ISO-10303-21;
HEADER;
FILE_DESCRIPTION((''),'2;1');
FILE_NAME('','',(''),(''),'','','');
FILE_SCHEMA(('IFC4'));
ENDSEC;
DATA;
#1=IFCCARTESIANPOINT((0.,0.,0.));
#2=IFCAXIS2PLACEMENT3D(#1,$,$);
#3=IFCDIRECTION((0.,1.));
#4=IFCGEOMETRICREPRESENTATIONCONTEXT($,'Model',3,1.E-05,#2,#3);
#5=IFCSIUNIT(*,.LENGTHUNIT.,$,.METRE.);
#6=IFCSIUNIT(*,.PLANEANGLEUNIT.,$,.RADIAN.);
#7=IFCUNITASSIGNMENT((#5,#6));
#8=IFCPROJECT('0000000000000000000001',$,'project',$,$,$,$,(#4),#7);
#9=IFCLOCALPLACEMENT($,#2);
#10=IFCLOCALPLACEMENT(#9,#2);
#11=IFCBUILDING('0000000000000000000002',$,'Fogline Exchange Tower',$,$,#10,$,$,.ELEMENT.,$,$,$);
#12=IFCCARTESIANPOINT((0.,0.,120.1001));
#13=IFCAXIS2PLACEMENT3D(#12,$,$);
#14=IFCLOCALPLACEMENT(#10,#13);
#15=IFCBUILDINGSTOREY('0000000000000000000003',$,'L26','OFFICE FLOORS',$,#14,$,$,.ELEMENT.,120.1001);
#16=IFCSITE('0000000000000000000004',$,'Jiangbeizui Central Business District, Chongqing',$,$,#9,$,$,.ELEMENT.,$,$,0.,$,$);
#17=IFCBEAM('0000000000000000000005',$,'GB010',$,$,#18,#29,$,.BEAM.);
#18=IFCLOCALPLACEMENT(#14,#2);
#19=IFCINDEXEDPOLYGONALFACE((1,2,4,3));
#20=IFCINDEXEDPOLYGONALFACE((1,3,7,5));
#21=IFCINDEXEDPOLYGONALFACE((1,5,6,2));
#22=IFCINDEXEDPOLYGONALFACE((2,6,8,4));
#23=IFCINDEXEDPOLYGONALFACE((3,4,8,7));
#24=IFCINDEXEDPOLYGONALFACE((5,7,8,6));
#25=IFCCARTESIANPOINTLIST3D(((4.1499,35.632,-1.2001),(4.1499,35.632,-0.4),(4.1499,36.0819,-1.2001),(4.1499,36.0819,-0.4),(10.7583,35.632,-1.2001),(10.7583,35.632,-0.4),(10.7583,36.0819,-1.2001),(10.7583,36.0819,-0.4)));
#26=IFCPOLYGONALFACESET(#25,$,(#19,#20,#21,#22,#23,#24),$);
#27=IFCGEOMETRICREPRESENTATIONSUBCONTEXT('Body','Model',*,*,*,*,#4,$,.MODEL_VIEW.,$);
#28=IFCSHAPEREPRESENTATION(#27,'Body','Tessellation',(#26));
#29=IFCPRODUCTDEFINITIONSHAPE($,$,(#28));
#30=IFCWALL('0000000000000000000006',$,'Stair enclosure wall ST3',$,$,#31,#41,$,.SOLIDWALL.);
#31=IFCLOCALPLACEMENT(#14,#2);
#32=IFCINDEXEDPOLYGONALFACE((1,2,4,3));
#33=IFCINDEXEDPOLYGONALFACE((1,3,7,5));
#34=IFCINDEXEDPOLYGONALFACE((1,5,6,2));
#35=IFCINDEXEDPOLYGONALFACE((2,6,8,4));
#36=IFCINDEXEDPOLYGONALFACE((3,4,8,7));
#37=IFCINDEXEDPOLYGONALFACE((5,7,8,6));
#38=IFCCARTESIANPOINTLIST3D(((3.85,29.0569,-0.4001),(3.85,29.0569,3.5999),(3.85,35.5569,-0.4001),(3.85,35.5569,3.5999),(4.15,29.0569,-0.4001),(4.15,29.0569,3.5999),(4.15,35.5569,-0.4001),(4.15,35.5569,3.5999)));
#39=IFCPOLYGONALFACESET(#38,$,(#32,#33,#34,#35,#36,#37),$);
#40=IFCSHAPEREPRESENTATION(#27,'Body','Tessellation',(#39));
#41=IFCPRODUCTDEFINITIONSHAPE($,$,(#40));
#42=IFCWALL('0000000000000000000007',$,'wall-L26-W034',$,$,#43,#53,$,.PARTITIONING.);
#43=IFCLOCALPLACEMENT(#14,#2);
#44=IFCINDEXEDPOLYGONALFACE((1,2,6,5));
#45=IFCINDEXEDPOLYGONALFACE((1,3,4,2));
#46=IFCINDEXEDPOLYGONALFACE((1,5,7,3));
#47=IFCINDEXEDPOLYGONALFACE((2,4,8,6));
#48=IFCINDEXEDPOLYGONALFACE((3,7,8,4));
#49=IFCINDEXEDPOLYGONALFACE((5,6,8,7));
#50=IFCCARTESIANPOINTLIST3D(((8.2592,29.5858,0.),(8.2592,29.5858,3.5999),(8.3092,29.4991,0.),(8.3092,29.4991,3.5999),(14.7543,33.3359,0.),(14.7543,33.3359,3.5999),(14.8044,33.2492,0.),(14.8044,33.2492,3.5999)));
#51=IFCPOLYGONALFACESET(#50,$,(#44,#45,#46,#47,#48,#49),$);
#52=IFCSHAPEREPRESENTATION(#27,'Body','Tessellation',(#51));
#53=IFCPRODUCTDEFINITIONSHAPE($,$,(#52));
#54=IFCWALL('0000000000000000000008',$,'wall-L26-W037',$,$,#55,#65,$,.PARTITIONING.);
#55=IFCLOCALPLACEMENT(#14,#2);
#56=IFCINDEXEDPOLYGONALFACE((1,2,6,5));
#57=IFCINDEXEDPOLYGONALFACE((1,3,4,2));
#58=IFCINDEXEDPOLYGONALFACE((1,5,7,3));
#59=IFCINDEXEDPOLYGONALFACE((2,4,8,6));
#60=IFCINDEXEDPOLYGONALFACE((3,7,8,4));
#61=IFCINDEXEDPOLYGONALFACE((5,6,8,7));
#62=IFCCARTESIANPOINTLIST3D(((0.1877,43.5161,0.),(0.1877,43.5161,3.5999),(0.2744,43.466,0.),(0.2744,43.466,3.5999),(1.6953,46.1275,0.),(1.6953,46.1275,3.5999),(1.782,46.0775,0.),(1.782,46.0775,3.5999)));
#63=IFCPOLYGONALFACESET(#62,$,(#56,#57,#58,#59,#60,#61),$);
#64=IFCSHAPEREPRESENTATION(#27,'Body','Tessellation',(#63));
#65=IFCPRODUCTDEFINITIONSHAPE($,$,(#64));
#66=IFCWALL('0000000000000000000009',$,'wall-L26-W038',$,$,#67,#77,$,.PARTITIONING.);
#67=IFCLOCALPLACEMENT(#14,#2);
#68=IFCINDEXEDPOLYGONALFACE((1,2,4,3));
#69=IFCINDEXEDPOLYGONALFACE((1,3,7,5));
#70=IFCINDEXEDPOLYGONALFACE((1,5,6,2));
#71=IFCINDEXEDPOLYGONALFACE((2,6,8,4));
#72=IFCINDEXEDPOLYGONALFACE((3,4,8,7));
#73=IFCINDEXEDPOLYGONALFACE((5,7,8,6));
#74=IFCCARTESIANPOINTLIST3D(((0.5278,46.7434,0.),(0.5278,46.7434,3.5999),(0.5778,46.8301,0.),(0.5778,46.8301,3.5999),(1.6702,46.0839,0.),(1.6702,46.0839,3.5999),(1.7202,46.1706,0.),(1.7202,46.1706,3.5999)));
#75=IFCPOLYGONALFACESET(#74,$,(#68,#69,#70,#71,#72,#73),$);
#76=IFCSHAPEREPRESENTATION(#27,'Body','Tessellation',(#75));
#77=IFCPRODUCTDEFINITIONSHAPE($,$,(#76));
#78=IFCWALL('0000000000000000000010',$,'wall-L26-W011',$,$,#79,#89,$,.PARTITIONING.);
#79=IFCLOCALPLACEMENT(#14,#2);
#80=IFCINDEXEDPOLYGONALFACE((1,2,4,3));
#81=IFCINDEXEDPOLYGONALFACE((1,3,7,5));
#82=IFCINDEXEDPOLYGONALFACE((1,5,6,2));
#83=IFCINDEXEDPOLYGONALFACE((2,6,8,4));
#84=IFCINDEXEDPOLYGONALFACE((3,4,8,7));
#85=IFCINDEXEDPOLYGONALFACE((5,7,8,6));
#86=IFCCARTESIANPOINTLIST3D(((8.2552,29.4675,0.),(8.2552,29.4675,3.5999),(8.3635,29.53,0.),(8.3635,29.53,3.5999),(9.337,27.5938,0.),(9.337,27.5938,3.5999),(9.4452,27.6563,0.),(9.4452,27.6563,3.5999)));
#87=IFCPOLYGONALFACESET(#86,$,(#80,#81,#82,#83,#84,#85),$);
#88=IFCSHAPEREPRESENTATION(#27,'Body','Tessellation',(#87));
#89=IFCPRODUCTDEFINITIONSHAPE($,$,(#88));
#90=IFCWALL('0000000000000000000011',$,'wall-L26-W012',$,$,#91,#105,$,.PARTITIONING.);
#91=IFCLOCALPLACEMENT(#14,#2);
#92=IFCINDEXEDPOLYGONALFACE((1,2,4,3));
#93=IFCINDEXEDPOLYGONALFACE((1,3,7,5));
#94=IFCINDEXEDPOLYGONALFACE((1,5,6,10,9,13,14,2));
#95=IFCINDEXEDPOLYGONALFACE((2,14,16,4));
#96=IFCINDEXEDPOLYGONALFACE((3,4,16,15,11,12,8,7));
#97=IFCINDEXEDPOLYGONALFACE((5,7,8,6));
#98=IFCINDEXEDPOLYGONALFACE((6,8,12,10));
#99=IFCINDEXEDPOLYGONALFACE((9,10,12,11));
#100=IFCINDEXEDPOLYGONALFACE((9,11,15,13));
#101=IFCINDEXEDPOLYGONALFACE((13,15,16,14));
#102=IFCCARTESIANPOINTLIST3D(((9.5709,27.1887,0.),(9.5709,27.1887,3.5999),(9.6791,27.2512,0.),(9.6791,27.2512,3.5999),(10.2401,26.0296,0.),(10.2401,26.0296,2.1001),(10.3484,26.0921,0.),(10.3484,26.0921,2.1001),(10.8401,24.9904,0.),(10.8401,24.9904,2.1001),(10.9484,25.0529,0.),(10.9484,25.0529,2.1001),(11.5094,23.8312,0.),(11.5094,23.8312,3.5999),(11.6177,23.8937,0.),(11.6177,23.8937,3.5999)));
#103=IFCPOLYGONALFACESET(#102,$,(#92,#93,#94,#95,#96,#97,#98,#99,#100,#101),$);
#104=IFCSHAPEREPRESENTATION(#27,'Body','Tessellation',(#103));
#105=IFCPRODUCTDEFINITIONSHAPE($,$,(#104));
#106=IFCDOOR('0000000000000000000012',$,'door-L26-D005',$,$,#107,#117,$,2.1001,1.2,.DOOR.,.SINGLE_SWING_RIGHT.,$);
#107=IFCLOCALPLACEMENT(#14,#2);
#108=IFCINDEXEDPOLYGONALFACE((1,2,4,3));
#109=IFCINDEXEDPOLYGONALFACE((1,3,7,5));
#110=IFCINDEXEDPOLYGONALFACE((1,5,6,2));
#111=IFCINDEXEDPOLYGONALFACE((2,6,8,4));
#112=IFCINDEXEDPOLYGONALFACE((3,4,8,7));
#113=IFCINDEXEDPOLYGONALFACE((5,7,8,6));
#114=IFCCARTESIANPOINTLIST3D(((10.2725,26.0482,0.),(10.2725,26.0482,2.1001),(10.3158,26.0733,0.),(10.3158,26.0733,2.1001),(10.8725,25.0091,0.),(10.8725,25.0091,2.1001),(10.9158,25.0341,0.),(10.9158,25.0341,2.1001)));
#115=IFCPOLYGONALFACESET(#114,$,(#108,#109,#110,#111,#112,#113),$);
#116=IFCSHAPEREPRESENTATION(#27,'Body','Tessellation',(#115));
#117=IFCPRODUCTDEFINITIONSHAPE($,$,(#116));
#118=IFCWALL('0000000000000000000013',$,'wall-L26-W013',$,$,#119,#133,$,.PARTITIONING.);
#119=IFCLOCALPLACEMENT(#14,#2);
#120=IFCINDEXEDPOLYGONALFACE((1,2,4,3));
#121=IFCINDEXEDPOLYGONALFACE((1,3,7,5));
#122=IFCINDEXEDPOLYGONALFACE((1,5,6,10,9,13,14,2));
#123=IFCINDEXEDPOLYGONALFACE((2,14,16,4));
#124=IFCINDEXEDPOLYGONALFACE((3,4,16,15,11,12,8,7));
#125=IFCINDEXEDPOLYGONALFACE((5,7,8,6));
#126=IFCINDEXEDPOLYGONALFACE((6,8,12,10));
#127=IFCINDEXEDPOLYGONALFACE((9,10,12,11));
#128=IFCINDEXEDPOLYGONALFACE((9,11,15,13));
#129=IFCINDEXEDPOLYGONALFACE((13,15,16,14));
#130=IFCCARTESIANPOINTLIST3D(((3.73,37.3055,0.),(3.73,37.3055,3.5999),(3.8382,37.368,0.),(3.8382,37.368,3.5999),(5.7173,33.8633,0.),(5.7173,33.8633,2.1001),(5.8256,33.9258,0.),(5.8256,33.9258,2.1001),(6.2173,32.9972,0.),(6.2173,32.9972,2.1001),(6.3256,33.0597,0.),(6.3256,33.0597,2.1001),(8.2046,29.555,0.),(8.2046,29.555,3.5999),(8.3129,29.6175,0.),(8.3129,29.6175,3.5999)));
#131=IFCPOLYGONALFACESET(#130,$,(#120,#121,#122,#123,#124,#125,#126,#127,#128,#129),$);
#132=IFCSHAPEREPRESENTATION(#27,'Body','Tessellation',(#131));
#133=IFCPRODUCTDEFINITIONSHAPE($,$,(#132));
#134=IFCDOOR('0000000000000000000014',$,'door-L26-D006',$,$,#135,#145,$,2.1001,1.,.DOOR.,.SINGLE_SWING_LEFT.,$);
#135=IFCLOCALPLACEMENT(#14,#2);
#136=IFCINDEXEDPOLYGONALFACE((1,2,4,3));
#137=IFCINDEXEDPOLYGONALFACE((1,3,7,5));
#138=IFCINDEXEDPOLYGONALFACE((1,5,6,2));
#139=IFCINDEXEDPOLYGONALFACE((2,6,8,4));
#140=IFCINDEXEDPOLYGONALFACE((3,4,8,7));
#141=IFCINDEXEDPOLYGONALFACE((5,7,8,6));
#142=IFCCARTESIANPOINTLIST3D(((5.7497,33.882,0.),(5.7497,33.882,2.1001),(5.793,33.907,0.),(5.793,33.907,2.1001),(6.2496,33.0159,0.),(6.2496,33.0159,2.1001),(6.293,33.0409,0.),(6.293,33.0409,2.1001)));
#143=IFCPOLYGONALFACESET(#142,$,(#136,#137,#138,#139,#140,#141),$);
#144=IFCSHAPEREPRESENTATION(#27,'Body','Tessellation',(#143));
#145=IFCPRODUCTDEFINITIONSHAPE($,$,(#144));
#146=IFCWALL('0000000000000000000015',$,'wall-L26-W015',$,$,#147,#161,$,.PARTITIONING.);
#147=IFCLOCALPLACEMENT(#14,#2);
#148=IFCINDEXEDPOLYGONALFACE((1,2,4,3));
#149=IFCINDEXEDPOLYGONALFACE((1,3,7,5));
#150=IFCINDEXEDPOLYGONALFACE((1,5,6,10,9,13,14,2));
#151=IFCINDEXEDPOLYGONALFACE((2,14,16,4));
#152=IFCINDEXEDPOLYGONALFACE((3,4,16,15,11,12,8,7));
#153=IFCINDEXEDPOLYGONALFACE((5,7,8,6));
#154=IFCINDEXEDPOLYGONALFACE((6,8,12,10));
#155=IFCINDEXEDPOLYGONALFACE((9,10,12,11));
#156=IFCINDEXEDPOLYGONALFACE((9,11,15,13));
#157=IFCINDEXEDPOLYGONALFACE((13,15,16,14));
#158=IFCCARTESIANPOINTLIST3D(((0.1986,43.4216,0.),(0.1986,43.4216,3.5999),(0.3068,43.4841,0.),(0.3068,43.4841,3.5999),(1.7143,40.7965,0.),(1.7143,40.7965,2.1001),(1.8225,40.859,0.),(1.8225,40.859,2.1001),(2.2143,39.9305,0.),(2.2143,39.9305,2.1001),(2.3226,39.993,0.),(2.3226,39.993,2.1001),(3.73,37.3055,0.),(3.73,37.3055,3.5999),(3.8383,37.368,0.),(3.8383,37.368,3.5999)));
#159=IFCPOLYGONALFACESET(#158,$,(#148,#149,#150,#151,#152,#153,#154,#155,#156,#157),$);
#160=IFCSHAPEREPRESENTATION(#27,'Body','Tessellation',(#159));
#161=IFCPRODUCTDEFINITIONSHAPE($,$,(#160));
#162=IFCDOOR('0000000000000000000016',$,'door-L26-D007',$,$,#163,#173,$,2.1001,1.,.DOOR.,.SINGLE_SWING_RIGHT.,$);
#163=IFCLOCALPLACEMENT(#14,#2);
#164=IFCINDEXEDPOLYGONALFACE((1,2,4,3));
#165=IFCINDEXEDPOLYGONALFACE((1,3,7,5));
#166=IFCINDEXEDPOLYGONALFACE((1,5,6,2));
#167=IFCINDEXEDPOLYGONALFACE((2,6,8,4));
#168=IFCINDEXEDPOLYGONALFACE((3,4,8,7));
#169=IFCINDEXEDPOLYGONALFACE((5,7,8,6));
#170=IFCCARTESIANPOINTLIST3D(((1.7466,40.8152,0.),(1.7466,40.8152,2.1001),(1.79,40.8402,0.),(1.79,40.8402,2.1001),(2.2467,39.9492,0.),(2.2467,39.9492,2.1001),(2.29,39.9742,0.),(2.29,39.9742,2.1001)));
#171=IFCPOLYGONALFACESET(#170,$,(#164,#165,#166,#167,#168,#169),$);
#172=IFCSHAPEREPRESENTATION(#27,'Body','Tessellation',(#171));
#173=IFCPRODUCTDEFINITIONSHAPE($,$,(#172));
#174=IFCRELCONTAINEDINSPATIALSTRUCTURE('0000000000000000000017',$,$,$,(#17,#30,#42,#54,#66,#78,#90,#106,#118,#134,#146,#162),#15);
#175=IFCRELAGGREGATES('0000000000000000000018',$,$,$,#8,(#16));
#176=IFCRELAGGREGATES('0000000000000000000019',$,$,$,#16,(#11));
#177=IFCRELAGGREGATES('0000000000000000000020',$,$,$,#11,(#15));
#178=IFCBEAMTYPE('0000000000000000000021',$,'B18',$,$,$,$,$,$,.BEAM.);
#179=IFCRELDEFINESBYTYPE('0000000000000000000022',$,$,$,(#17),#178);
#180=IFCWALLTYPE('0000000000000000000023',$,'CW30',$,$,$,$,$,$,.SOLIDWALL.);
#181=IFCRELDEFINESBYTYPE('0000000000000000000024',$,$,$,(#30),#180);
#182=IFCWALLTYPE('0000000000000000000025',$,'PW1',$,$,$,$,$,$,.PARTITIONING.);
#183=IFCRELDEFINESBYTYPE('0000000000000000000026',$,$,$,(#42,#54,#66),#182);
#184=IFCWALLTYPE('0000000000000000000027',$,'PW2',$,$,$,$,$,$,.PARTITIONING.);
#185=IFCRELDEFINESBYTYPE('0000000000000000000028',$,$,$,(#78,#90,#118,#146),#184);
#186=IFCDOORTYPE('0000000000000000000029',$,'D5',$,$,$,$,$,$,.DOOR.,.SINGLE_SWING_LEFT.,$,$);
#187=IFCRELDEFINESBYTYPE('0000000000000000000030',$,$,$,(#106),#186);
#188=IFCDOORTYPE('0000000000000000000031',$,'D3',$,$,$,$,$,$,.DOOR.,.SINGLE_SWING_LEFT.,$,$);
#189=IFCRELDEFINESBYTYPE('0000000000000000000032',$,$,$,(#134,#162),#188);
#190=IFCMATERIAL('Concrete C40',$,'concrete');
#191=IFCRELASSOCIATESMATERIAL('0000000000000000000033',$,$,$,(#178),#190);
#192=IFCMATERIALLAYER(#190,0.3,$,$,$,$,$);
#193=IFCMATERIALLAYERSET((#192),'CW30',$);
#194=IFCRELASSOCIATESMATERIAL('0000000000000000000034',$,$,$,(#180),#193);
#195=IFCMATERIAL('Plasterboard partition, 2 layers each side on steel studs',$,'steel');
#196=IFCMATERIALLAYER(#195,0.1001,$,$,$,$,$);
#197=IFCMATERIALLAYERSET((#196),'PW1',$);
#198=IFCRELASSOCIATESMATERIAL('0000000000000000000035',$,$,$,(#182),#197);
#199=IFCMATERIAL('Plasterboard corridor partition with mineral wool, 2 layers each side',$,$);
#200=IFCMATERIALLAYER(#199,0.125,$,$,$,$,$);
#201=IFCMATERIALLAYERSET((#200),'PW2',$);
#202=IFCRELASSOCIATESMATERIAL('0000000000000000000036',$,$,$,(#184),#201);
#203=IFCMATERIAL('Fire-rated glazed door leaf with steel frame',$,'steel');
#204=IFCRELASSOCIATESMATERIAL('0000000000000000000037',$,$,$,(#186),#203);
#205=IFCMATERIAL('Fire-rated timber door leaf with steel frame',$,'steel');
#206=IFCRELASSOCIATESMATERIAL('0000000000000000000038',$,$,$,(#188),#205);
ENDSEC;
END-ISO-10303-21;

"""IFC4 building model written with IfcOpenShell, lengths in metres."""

from ifc_helpers import new_model, si_unit, direction, frame, frame_2d, origin, origin_2d, place, context, subcontext, project, spatial, rectangle, extrude, material, layer, layer_set, material_profile, profile_set, type_object, element, fill, save


model = new_model("IFC4")

# Units and contexts
model_context = context("Model", 3, precision=1e-05, world=origin(), true_north=direction((0.0, 1.0)))
body_context = subcontext(model_context, "Body", "Model", "MODEL_VIEW")
ifc_project = project(units=[si_unit("LENGTHUNIT", "METRE"), si_unit("PLANEANGLEUNIT", "RADIAN")], contexts=[model_context])

# Site, building, storey
site_placement = place(None, origin())
site = spatial("IfcSite", under=ifc_project, at=site_placement, Name="Jiangbeizui Central Business District, Chongqing", CompositionType="ELEMENT", RefElevation=0.0)
building_placement = place(site_placement, origin())
building = spatial("IfcBuilding", under=site, at=building_placement, Name="Fogline Exchange Tower", CompositionType="ELEMENT")
storey_placement = place(building_placement, frame((0.0, 0.0, 120.1001)))
storey = spatial("IfcBuildingStorey", under=building, at=storey_placement, Name="L26", Description="OFFICE FLOORS", CompositionType="ELEMENT", Elevation=120.1001)

# Beam
ifc_material_1 = material(Name="Concrete C40", Category="concrete")
ifc_material_profile_1 = material_profile(ifc_material_1, rectangle(XDim=0.45, YDim=0.8, at=origin_2d()), Name="RC 450x800")
ifc_profile_set_1 = profile_set([ifc_material_profile_1], Name="Concrete C40")
beam_type_1 = type_object("IfcBeamType", Name="B18", PredefinedType="BEAM", material=ifc_profile_set_1)
beam_1_placement = place(storey_placement, frame((4.1499, 35.8569, -0.8), z_axis=(1.0, 0.0, 0.0), x_axis=(0.0, 1.0, 0.0)))
element("IfcBeam", 1, at=beam_1_placement, inside=storey, type_object=beam_type_1, Name="GB010", PredefinedType="BEAM", context=body_context, shape_type="SweptSolid", body=[
    extrude(rectangle(XDim=0.45, YDim=0.8, at=origin_2d()), origin(), (0.0, 0.0, 1.0), 6.6084),
])

# Wall
ifc_layer_1 = layer(ifc_material_1, 0.3)
ifc_layer_set_1 = layer_set([ifc_layer_1], Name="CW30")
wall_type_1 = type_object("IfcWallType", Name="CW30", PredefinedType="SOLIDWALL", material=ifc_layer_set_1)
wall_1_placement = place(storey_placement, frame((4.0, 29.0569, -0.4001), z_axis=(0.0, 0.0, 1.0), x_axis=(0.0, 1.0, 0.0)))
element("IfcWall", 2, at=wall_1_placement, inside=storey, type_object=wall_type_1, Name="Stair enclosure wall ST3", PredefinedType="SOLIDWALL", context=body_context, shape_type="SweptSolid", body=[
    extrude(rectangle(XDim=6.5, YDim=0.3, at=frame_2d((3.25, 0.0))), origin(), (0.0, 0.0, 1.0), 4.0),
])

# Walls
ifc_material_2 = material(Name="Plasterboard partition, 2 layers each side on steel studs", Category="steel")
ifc_layer_2 = layer(ifc_material_2, 0.1001)
ifc_layer_set_2 = layer_set([ifc_layer_2], Name="PW1")
wall_type_2 = type_object("IfcWallType", Name="PW1", PredefinedType="PARTITIONING", material=ifc_layer_set_2)
wall_2_placement = place(storey_placement, frame((8.2842, 29.5425, 0.0), z_axis=(0.0, 0.0, 1.0), x_axis=(0.866023, 0.500004, 0.0)))
element("IfcWall", 3, at=wall_2_placement, inside=storey, type_object=wall_type_2, Name="wall-L26-W034", PredefinedType="PARTITIONING", context=body_context, shape_type="SweptSolid", body=[
    extrude(rectangle(XDim=7.5, YDim=0.1001, at=frame_2d((3.75, 0.0))), origin(), (0.0, 0.0, 1.0), 3.5999),
])
wall_3_placement = place(storey_placement, frame((0.231, 43.491, 0.0), z_axis=(0.0, 0.0, 1.0), x_axis=(0.499979, 0.866037, 0.0)))
element("IfcWall", 4, at=wall_3_placement, inside=storey, type_object=wall_type_2, Name="wall-L26-W037", PredefinedType="PARTITIONING", context=body_context, shape_type="SweptSolid", body=[
    extrude(rectangle(XDim=3.0154, YDim=0.1001, at=frame_2d((1.5078, 0.0))), origin(), (0.0, 0.0, 1.0), 3.5999),
])
wall_4_placement = place(storey_placement, frame((1.6953, 46.1272, 0.0), z_axis=(0.0, 0.0, 1.0), x_axis=(-0.866059, 0.499941, 0.0)))
element("IfcWall", 5, at=wall_4_placement, inside=storey, type_object=wall_type_2, Name="wall-L26-W038", PredefinedType="PARTITIONING", context=body_context, shape_type="SweptSolid", body=[
    extrude(rectangle(XDim=1.3191, YDim=0.1001, at=frame_2d((0.6597, 0.0))), origin(), (0.0, 0.0, 1.0), 3.5999),
])
ifc_material_3 = material(Name="Plasterboard corridor partition with mineral wool, 2 layers each side")
ifc_layer_3 = layer(ifc_material_3, 0.125)
ifc_layer_set_3 = layer_set([ifc_layer_3], Name="PW2")
wall_type_3 = type_object("IfcWallType", Name="PW2", PredefinedType="PARTITIONING", material=ifc_layer_set_3)
wall_5_placement = place(storey_placement, frame((8.3093, 29.4988, 0.0), z_axis=(0.0, 0.0, 1.0), x_axis=(0.499986, -0.866033, 0.0)))
element("IfcWall", 6, at=wall_5_placement, inside=storey, type_object=wall_type_3, Name="wall-L26-W011", PredefinedType="PARTITIONING", context=body_context, shape_type="SweptSolid", body=[
    extrude(rectangle(XDim=2.1636, YDim=0.125, at=frame_2d((1.0818, 0.0))), origin(), (0.0, 0.0, 1.0), 3.5999),
])

# Walls, openings, doors
wall_6_placement = place(storey_placement, frame((9.625, 27.22, 0.0), z_axis=(0.0, 0.0, 1.0), x_axis=(0.500013, -0.866018, 0.0)))
wall_6 = element("IfcWall", 7, at=wall_6_placement, inside=storey, type_object=wall_type_3, Name="wall-L26-W012", PredefinedType="PARTITIONING", context=body_context, shape_type="SweptSolid", body=[
    extrude(rectangle(XDim=3.877, YDim=0.125, at=frame_2d((1.9385, 0.0))), origin(), (0.0, 0.0, 1.0), 3.5999),
])
opening_1_placement = place(wall_6_placement, frame((1.3384, 0.0, 0.0)))
opening_1 = element("IfcOpeningElement", 8, at=opening_1_placement, cuts=wall_6, PredefinedType="OPENING", context=body_context, shape_type="SweptSolid", body=[
    extrude(rectangle(XDim=1.2, YDim=2.1001, at=frame_2d((0.6001, 1.05))), frame((0.0, 0.0725, 0.0), z_axis=(0.0, -1.0, 0.0), x_axis=(1.0, 0.0, 0.0)), (0.0, 0.0, 1.0), 0.145),
])
ifc_material_4 = material(Name="Fire-rated glazed door leaf with steel frame", Category="steel")
door_type_1 = type_object("IfcDoorType", Name="D5", OperationType="SINGLE_SWING_LEFT", PredefinedType="DOOR", material=ifc_material_4)
door_1_placement = place(opening_1_placement, origin())
door_1 = element("IfcDoor", 9, at=door_1_placement, inside=storey, type_object=door_type_1, Name="door-L26-D005", OperationType="SINGLE_SWING_RIGHT", OverallHeight=2.1001, OverallWidth=1.2, PredefinedType="DOOR", context=body_context, shape_type="SweptSolid", body=[
    extrude(rectangle(XDim=1.2, YDim=2.1001, at=frame_2d((0.6001, 1.05))), frame((0.0, 0.0249, 0.0), z_axis=(0.0, -1.0, 0.0), x_axis=(1.0, 0.0, 0.0)), (0.0, 0.0, 1.0), 0.05),
])
fill(opening_1, door_1)
wall_7_placement = place(storey_placement, frame((3.7842, 37.3367, 0.0), z_axis=(0.0, 0.0, 1.0), x_axis=(0.499989, -0.866032, 0.0)))
wall_7 = element("IfcWall", 10, at=wall_7_placement, inside=storey, type_object=wall_type_3, Name="wall-L26-W013", PredefinedType="PARTITIONING", context=body_context, shape_type="SweptSolid", body=[
    extrude(rectangle(XDim=8.9495, YDim=0.125, at=frame_2d((4.4746, 0.0))), origin(), (0.0, 0.0, 1.0), 3.5999),
])
opening_2_placement = place(wall_7_placement, frame((3.9746, 0.0, 0.0)))
opening_2 = element("IfcOpeningElement", 11, at=opening_2_placement, cuts=wall_7, PredefinedType="OPENING", context=body_context, shape_type="SweptSolid", body=[
    extrude(rectangle(XDim=1.0, YDim=2.1001, at=frame_2d((0.5, 1.05))), frame((0.0, 0.0725, 0.0), z_axis=(0.0, -1.0, 0.0), x_axis=(1.0, 0.0, 0.0)), (0.0, 0.0, 1.0), 0.145),
])
ifc_material_5 = material(Name="Fire-rated timber door leaf with steel frame", Category="steel")
door_type_2 = type_object("IfcDoorType", Name="D3", OperationType="SINGLE_SWING_LEFT", PredefinedType="DOOR", material=ifc_material_5)
door_2_placement = place(opening_2_placement, origin())
door_2 = element("IfcDoor", 12, at=door_2_placement, inside=storey, type_object=door_type_2, Name="door-L26-D006", OperationType="SINGLE_SWING_LEFT", OverallHeight=2.1001, OverallWidth=1.0, PredefinedType="DOOR", context=body_context, shape_type="SweptSolid", body=[
    extrude(rectangle(XDim=1.0, YDim=2.1001, at=frame_2d((0.5, 1.05))), frame((0.0, 0.0249, 0.0), z_axis=(0.0, -1.0, 0.0), x_axis=(1.0, 0.0, 0.0)), (0.0, 0.0, 1.0), 0.05),
])
fill(opening_2, door_2)
wall_8_placement = place(storey_placement, frame((0.2527, 43.4529, 0.0), z_axis=(0.0, 0.0, 1.0), x_axis=(0.500032, -0.866007, 0.0)))
wall_8 = element("IfcWall", 13, at=wall_8_placement, inside=storey, type_object=wall_type_3, Name="wall-L26-W015", PredefinedType="PARTITIONING", context=body_context, shape_type="SweptSolid", body=[
    extrude(rectangle(XDim=7.0625, YDim=0.125, at=frame_2d((3.5312, 0.0))), origin(), (0.0, 0.0, 1.0), 3.5999),
])
opening_3_placement = place(wall_8_placement, frame((3.0312, 0.0, 0.0)))
opening_3 = element("IfcOpeningElement", 14, at=opening_3_placement, cuts=wall_8, PredefinedType="OPENING", context=body_context, shape_type="SweptSolid", body=[
    extrude(rectangle(XDim=1.0, YDim=2.1001, at=frame_2d((0.5, 1.05))), frame((0.0, 0.0725, 0.0), z_axis=(0.0, -1.0, 0.0), x_axis=(1.0, 0.0, 0.0)), (0.0, 0.0, 1.0), 0.145),
])
door_3_placement = place(opening_3_placement, origin())
door_3 = element("IfcDoor", 15, at=door_3_placement, inside=storey, type_object=door_type_2, Name="door-L26-D007", OperationType="SINGLE_SWING_RIGHT", OverallHeight=2.1001, OverallWidth=1.0, PredefinedType="DOOR", context=body_context, shape_type="SweptSolid", body=[
    extrude(rectangle(XDim=1.0, YDim=2.1001, at=frame_2d((0.5, 1.05))), frame((0.0, 0.0249, 0.0), z_axis=(0.0, -1.0, 0.0), x_axis=(1.0, 0.0, 0.0)), (0.0, 0.0, 1.0), 0.05),
])
fill(opening_3, door_3)

save(model, "model.ifc")
